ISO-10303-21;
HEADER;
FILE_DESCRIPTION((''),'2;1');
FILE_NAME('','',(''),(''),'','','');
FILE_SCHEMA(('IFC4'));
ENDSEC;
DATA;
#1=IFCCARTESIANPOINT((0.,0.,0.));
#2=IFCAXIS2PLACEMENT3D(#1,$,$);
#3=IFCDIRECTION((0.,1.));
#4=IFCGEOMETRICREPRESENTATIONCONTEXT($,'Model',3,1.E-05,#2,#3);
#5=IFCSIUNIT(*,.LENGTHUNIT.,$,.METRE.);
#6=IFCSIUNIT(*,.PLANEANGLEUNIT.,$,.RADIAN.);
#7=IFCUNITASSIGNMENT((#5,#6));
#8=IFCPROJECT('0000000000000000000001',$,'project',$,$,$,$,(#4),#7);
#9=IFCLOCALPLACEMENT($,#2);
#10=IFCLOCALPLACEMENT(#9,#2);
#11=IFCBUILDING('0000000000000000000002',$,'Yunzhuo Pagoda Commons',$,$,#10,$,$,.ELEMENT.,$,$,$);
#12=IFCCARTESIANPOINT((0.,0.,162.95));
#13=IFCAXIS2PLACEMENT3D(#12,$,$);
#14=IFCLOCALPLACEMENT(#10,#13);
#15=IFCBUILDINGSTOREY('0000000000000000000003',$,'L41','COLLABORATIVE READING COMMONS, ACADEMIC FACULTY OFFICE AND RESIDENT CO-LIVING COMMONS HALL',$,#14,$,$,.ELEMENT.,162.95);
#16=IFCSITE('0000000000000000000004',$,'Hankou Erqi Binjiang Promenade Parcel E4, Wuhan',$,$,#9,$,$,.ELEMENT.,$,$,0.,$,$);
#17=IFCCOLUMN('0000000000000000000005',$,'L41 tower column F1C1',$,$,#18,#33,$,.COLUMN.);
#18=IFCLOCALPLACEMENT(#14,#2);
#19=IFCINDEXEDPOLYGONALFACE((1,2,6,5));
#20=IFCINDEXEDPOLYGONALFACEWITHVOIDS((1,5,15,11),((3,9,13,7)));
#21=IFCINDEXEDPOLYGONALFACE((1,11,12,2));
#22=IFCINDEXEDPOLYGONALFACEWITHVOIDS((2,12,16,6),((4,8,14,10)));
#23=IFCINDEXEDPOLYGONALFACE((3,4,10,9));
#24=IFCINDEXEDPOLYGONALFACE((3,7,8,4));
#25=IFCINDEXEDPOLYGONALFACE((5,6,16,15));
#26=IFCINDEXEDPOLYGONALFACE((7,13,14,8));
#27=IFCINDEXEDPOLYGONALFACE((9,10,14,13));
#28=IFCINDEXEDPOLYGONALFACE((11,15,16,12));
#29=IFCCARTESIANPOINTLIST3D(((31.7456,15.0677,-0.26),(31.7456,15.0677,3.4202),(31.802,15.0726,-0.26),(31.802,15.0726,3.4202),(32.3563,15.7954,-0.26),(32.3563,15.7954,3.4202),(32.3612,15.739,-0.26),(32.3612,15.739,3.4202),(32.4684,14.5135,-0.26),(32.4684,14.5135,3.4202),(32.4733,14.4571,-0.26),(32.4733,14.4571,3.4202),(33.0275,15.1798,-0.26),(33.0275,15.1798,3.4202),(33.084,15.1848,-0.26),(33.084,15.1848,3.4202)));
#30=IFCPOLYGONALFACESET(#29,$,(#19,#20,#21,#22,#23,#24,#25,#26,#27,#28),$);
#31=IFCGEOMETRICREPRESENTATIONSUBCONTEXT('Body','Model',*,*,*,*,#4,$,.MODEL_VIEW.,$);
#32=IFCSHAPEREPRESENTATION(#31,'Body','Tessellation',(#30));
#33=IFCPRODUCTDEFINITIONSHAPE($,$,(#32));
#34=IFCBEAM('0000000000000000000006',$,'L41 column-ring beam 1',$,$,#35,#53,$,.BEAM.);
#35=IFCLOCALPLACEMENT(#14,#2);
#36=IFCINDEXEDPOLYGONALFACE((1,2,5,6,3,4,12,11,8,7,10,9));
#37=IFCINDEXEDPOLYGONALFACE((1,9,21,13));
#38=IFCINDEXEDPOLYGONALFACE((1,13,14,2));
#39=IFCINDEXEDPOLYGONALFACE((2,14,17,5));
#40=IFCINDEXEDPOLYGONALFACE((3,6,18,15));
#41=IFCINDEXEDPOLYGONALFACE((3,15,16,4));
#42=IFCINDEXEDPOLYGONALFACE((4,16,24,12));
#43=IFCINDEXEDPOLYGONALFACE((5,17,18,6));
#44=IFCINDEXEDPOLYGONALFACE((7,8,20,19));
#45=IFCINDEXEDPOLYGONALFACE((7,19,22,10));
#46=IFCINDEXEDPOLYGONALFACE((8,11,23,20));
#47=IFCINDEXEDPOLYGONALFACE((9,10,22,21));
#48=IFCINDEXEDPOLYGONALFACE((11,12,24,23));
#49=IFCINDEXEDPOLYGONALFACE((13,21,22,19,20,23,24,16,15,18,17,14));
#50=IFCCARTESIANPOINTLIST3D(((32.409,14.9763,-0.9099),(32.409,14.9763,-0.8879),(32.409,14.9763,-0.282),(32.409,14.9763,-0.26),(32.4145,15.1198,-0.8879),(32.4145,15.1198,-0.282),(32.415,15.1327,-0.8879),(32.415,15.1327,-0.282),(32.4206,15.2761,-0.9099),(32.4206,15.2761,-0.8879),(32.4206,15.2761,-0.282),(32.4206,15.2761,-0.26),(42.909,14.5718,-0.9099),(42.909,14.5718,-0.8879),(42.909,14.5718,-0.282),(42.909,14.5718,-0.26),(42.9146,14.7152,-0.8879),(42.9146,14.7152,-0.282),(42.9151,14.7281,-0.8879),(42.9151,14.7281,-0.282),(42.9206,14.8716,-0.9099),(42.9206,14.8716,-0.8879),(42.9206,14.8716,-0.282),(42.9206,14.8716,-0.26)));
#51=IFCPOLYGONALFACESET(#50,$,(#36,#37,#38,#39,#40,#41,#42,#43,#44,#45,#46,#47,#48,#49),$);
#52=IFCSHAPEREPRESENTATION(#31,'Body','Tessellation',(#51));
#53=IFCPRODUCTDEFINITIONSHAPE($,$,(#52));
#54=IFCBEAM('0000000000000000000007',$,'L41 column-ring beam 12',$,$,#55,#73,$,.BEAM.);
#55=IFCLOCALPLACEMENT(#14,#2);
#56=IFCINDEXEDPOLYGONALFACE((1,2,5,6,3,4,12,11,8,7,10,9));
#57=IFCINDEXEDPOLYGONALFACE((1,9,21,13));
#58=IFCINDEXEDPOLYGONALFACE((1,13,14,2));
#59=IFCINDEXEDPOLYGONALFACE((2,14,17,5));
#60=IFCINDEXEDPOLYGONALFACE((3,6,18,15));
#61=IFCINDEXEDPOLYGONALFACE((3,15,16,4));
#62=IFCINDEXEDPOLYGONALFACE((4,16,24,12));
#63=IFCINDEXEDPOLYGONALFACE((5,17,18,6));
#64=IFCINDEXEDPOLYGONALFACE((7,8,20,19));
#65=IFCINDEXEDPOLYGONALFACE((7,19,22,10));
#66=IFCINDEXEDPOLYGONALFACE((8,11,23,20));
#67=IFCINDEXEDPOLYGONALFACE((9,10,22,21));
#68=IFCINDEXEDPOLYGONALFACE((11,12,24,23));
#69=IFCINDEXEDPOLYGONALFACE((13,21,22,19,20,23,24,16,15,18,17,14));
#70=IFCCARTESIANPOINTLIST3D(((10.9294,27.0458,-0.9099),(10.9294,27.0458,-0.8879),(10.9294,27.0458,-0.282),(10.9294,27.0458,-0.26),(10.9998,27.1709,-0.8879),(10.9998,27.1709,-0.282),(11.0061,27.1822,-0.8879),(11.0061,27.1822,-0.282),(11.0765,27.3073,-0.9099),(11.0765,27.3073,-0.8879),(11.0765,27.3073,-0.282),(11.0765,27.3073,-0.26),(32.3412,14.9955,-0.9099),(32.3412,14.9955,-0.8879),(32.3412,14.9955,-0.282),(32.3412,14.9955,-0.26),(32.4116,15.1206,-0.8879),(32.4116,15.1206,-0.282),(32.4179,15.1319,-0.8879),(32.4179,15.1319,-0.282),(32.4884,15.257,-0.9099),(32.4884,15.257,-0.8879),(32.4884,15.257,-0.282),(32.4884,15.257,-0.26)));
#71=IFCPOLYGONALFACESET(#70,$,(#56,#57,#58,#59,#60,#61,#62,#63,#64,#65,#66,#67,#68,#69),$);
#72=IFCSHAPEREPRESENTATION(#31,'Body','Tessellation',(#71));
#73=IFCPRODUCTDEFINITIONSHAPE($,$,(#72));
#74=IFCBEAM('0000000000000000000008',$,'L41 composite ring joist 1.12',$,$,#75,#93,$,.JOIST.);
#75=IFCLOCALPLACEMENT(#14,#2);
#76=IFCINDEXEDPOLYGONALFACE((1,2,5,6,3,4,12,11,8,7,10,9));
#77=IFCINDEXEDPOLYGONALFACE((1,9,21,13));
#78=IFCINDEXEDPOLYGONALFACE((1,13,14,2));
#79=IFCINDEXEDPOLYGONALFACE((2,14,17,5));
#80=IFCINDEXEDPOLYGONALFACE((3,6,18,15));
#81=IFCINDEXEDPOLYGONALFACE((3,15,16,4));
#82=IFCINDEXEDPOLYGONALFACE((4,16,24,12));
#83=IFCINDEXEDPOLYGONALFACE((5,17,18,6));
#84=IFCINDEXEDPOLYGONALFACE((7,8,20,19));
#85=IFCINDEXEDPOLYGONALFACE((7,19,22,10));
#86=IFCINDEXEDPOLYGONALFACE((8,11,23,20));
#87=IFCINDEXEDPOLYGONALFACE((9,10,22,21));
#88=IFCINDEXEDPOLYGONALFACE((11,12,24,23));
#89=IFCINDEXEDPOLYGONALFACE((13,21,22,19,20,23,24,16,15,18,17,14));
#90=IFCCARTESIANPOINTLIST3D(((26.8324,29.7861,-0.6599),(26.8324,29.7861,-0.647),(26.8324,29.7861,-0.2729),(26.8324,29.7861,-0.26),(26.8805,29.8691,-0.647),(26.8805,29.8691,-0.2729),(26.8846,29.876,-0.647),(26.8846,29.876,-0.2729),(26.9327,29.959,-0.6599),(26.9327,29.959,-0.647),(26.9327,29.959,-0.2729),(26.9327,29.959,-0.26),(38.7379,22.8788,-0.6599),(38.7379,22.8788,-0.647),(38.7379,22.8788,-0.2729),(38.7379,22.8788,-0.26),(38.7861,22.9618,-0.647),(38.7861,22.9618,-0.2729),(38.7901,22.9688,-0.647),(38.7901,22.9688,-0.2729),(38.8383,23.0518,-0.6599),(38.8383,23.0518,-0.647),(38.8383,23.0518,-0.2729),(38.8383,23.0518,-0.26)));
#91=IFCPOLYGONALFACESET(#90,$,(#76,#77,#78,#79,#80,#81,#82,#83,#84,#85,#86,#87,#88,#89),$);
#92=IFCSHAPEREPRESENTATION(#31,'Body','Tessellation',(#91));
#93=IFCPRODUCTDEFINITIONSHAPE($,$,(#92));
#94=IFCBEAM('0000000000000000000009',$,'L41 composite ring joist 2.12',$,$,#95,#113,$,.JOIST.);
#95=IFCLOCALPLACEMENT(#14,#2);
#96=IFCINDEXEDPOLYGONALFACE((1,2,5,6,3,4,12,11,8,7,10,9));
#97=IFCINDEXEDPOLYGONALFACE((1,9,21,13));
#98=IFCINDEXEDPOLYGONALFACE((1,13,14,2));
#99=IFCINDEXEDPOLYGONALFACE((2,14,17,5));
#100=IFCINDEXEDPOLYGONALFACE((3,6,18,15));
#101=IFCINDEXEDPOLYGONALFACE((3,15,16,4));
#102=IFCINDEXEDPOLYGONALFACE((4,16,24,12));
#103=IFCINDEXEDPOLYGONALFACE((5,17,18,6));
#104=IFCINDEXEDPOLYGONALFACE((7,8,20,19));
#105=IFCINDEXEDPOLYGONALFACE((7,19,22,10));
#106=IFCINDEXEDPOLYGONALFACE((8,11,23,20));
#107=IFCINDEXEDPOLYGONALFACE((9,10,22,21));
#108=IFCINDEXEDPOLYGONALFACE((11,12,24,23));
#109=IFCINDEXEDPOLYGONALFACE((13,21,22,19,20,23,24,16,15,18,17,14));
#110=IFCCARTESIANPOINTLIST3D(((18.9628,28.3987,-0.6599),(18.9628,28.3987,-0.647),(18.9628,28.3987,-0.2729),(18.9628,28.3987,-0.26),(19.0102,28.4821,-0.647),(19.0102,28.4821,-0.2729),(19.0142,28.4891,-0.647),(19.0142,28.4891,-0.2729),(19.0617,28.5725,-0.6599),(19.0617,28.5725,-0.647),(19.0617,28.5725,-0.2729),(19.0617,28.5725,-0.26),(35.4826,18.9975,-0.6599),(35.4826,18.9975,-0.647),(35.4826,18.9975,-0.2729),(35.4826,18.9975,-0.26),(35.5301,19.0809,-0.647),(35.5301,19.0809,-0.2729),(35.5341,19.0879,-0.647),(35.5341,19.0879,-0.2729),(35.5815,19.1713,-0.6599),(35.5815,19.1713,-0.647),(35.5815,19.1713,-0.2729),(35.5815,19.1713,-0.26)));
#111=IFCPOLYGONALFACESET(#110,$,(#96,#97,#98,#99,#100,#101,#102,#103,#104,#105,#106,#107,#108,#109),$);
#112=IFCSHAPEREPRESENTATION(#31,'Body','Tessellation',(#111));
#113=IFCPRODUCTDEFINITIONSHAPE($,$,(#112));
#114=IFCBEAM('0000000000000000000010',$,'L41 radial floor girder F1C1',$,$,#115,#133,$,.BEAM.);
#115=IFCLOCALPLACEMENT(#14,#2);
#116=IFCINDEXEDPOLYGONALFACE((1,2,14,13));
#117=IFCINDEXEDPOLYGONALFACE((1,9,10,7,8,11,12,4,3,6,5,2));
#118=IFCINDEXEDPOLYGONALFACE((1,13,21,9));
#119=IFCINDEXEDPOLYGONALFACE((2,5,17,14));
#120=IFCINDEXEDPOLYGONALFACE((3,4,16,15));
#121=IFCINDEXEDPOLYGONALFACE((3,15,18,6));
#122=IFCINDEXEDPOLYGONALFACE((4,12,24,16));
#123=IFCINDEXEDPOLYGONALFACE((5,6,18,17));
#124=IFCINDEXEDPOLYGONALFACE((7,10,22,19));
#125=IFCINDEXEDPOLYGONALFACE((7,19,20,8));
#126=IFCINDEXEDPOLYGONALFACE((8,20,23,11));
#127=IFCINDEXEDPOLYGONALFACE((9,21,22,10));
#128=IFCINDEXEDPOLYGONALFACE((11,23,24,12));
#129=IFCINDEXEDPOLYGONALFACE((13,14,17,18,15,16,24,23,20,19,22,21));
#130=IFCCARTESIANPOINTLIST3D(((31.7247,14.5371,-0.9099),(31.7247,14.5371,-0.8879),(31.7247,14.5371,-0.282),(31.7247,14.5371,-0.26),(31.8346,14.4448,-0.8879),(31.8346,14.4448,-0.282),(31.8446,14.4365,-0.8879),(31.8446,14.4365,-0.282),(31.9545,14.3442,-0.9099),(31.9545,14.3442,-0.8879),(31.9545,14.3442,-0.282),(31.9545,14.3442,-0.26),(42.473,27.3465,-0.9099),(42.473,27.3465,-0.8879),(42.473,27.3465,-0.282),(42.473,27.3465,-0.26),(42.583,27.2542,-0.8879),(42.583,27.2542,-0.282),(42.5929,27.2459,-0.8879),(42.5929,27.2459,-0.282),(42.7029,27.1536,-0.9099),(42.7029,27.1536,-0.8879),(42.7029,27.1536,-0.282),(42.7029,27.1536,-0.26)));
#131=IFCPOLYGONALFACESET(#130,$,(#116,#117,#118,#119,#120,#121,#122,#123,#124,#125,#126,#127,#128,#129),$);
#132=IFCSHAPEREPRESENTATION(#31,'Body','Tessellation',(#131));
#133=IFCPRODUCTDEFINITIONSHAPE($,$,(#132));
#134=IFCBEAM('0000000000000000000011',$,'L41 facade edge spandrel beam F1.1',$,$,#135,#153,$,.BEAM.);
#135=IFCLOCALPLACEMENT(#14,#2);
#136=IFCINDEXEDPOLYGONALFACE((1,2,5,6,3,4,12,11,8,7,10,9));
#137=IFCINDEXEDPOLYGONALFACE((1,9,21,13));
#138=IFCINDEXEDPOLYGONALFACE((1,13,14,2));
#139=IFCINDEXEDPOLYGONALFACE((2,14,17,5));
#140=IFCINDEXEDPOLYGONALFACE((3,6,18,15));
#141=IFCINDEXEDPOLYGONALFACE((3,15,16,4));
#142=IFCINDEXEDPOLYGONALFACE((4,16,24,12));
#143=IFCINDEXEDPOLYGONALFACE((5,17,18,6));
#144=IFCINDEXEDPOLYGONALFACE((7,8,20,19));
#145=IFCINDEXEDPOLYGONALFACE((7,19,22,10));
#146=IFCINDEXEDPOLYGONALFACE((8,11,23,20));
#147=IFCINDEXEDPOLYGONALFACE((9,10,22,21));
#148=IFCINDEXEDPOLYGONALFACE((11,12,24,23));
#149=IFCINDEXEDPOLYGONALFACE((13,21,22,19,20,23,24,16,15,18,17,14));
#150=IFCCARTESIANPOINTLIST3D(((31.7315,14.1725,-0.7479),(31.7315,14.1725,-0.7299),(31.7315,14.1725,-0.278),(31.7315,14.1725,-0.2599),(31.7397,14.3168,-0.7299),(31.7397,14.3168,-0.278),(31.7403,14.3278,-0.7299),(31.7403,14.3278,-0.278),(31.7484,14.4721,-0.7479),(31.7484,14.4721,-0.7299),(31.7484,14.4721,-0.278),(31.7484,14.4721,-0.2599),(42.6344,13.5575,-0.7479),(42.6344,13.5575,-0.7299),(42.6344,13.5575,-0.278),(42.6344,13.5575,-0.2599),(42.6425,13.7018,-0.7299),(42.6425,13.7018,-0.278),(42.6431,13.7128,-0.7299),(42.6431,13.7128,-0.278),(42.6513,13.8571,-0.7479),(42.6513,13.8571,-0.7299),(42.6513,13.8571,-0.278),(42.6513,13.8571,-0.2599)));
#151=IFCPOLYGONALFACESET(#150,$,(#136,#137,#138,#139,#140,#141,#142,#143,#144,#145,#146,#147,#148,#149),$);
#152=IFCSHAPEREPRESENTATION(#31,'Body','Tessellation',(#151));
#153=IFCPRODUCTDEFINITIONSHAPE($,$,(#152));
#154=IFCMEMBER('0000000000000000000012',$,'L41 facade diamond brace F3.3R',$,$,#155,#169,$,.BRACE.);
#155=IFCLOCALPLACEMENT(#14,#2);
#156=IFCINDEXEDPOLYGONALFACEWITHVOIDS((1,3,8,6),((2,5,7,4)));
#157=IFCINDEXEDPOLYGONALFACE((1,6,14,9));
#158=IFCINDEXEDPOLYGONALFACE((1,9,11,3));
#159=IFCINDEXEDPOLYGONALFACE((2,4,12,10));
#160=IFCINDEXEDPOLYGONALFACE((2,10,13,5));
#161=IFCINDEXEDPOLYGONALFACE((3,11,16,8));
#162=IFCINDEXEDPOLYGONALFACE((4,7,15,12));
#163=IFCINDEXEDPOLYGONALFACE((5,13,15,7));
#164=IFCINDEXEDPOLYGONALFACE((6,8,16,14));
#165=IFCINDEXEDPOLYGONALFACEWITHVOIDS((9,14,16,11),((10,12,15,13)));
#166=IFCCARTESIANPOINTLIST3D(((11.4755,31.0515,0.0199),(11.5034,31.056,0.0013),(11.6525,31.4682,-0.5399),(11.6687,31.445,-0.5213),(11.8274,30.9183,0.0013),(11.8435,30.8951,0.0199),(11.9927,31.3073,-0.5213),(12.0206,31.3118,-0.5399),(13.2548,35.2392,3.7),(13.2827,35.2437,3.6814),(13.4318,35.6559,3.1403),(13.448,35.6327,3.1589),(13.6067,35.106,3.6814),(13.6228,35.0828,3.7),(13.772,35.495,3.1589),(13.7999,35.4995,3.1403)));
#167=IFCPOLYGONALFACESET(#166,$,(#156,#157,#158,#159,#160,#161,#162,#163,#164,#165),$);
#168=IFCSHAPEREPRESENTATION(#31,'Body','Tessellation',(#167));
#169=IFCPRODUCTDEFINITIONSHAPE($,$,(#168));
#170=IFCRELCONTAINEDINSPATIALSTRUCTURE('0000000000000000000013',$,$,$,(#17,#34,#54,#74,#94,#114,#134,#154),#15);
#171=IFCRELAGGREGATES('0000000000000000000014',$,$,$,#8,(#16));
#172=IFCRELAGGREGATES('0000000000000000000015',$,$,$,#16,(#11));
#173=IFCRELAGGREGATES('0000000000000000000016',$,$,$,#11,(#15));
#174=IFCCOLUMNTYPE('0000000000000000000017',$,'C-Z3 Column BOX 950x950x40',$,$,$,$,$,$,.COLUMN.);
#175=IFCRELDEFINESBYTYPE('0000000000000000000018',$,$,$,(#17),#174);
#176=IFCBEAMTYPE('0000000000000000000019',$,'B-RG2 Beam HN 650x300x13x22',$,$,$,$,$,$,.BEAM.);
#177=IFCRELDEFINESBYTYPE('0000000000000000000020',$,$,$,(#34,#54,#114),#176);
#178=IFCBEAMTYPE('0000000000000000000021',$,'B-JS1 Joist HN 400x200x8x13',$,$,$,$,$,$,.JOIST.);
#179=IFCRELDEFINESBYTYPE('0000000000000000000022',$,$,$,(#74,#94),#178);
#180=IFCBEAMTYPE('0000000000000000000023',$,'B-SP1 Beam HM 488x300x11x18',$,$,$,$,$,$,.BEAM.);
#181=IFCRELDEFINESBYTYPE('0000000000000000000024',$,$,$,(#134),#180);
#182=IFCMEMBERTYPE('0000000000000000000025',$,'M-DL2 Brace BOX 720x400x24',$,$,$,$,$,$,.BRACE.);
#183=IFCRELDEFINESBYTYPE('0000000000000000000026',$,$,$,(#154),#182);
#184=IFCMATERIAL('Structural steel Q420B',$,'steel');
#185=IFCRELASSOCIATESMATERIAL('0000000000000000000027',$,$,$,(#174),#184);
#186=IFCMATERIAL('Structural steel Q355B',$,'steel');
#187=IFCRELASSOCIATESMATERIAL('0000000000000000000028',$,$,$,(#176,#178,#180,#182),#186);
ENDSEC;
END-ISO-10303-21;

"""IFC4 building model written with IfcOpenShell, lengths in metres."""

from ifc_helpers import new_model, si_unit, direction, frame, origin, origin_2d, place, context, subcontext, project, spatial, hollow_rectangle, i_section, extrude, source, transform, mapped, material, material_profile, profile_set, type_object, element, save


model = new_model("IFC4")

# Units and contexts
model_context = context("Model", 3, precision=1e-05, world=origin(), true_north=direction((0.0, 1.0)))
body_context = subcontext(model_context, "Body", "Model", "MODEL_VIEW")
ifc_project = project(units=[si_unit("LENGTHUNIT", "METRE"), si_unit("PLANEANGLEUNIT", "RADIAN")], contexts=[model_context])

# Site, building, storey
site_placement = place(None, origin())
site = spatial("IfcSite", under=ifc_project, at=site_placement, Name="Hankou Erqi Binjiang Promenade Parcel E4, Wuhan", CompositionType="ELEMENT", RefElevation=0.0)
building_placement = place(site_placement, origin())
building = spatial("IfcBuilding", under=site, at=building_placement, Name="Yunzhuo Pagoda Commons", CompositionType="ELEMENT")
storey_placement = place(building_placement, frame((0.0, 0.0, 162.95)))
storey = spatial("IfcBuildingStorey", under=building, at=storey_placement, Name="L41", Description="COLLABORATIVE READING COMMONS, ACADEMIC FACULTY OFFICE AND RESIDENT CO-LIVING COMMONS HALL", CompositionType="ELEMENT", Elevation=162.95)

# Column
ifc_material_1 = material(Name="Structural steel Q420B", Category="steel")
ifc_material_profile_1 = material_profile(ifc_material_1, hollow_rectangle(XDim=0.95, YDim=0.95, WallThickness=0.04, at=origin_2d()), Name="Structural steel Q420B")
ifc_profile_set_1 = profile_set([ifc_material_profile_1], Name="Structural steel Q420B")
column_type = type_object("IfcColumnType", Name="C-Z3 Column BOX 950x950x40", PredefinedType="COLUMN", material=ifc_profile_set_1)
shared_shape_1 = source(origin(), body_context, "Body", "SweptSolid", [
    extrude(hollow_rectangle(XDim=0.95, YDim=0.95, WallThickness=0.04, at=origin_2d()), origin(), (0.0, 0.0, 1.0), 3.6802),
])
column_placement = place(storey_placement, frame((32.4148, 15.1262, -0.26), z_axis=(0.0, 0.0, 1.0), x_axis=(0.766044, -0.642788, 0.0)))
element("IfcColumn", 1, at=column_placement, inside=storey, type_object=column_type, Name="L41 tower column F1C1", PredefinedType="COLUMN", context=body_context, shape_type="MappedRepresentation", body=[
    mapped(shared_shape_1, transform((0.0, 0.0, 0.0), scale=1.0)),
])

# Beams
ifc_material_2 = material(Name="Structural steel Q355B", Category="steel")
ifc_material_profile_2 = material_profile(ifc_material_2, i_section(OverallWidth=0.3, OverallDepth=0.6499, WebThickness=0.0129, FlangeThickness=0.022, at=origin_2d()), Name="Structural steel Q355B")
ifc_profile_set_2 = profile_set([ifc_material_profile_2], Name="Structural steel Q355B")
beam_type_1 = type_object("IfcBeamType", Name="B-RG2 Beam HN 650x300x13x22", PredefinedType="BEAM", material=ifc_profile_set_2)
shared_shape_2 = source(origin(), body_context, "Body", "SweptSolid", [
    extrude(i_section(OverallWidth=0.3, OverallDepth=0.6499, WebThickness=0.0129, FlangeThickness=0.022, at=origin_2d()), origin(), (0.0, 0.0, 1.0), 10.5078),
])
beam_1_placement = place(storey_placement, frame((32.4148, 15.1262, -0.585), z_axis=(0.999259, -0.038499, 0.0), x_axis=(0.038499, 0.999259, 0.0)))
element("IfcBeam", 2, at=beam_1_placement, inside=storey, type_object=beam_type_1, Name="L41 column-ring beam 1", PredefinedType="BEAM", context=body_context, shape_type="MappedRepresentation", body=[
    mapped(shared_shape_2, transform((0.0, 0.0, 0.0), scale=1.0)),
])
shared_shape_3 = source(origin(), body_context, "Body", "SweptSolid", [
    extrude(i_section(OverallWidth=0.3, OverallDepth=0.6499, WebThickness=0.0129, FlangeThickness=0.022, at=origin_2d()), origin(), (0.0, 0.0, 1.0), 24.5698),
])
beam_2_placement = place(storey_placement, frame((11.0029, 27.1765, -0.585), z_axis=(0.871469, -0.49045, 0.0), x_axis=(0.49045, 0.871469, 0.0)))
element("IfcBeam", 3, at=beam_2_placement, inside=storey, type_object=beam_type_1, Name="L41 column-ring beam 12", PredefinedType="BEAM", context=body_context, shape_type="MappedRepresentation", body=[
    mapped(shared_shape_3, transform((0.0, 0.0, 0.0), scale=1.0)),
])
ifc_material_profile_3 = material_profile(ifc_material_2, i_section(OverallWidth=0.2, OverallDepth=0.3999, WebThickness=0.0081, FlangeThickness=0.0129, at=origin_2d()), Name="Structural steel Q355B")
ifc_profile_set_3 = profile_set([ifc_material_profile_3], Name="Structural steel Q355B")
beam_type_2 = type_object("IfcBeamType", Name="B-JS1 Joist HN 400x200x8x13", PredefinedType="JOIST", material=ifc_profile_set_3)
shared_shape_4 = source(origin(), body_context, "Body", "SweptSolid", [
    extrude(i_section(OverallWidth=0.2, OverallDepth=0.3999, WebThickness=0.0081, FlangeThickness=0.0129, at=origin_2d()), origin(), (0.0, 0.0, 1.0), 13.7642),
])
beam_3_placement = place(storey_placement, frame((26.8826, 29.8726, -0.46), z_axis=(0.864967, -0.501828, 0.0), x_axis=(0.501828, 0.864967, 0.0)))
element("IfcBeam", 4, at=beam_3_placement, inside=storey, type_object=beam_type_2, Name="L41 composite ring joist 1.12", PredefinedType="JOIST", context=body_context, shape_type="MappedRepresentation", body=[
    mapped(shared_shape_4, transform((0.0, 0.0, 0.0), scale=1.0)),
])
shared_shape_5 = source(origin(), body_context, "Body", "SweptSolid", [
    extrude(i_section(OverallWidth=0.2, OverallDepth=0.3999, WebThickness=0.0081, FlangeThickness=0.0129, at=origin_2d()), origin(), (0.0, 0.0, 1.0), 19.0076),
])
beam_4_placement = place(storey_placement, frame((19.0122, 28.4856, -0.46), z_axis=(0.86912, -0.494601, 0.0), x_axis=(0.494601, 0.86912, 0.0)))
element("IfcBeam", 5, at=beam_4_placement, inside=storey, type_object=beam_type_2, Name="L41 composite ring joist 2.12", PredefinedType="JOIST", context=body_context, shape_type="MappedRepresentation", body=[
    mapped(shared_shape_5, transform((0.0, 0.0, 0.0), scale=1.0)),
])
shared_shape_6 = source(origin(), body_context, "Body", "SweptSolid", [
    extrude(i_section(OverallWidth=0.3, OverallDepth=0.6499, WebThickness=0.0129, FlangeThickness=0.022, at=origin_2d()), origin(), (0.0, 0.0, 1.0), 16.7214),
])
beam_5_placement = place(storey_placement, frame((31.8396, 14.4407, -0.585), z_axis=(0.642787, 0.766045, 0.0), x_axis=(-0.766045, 0.642787, 0.0)))
element("IfcBeam", 6, at=beam_5_placement, inside=storey, type_object=beam_type_1, Name="L41 radial floor girder F1C1", PredefinedType="BEAM", context=body_context, shape_type="MappedRepresentation", body=[
    mapped(shared_shape_6, transform((0.0, 0.0, 0.0), scale=1.0)),
])
ifc_material_profile_4 = material_profile(ifc_material_2, i_section(OverallWidth=0.3, OverallDepth=0.488, WebThickness=0.011, FlangeThickness=0.0181, at=origin_2d()), Name="Structural steel Q355B")
ifc_profile_set_4 = profile_set([ifc_material_profile_4], Name="Structural steel Q355B")
beam_type_3 = type_object("IfcBeamType", Name="B-SP1 Beam HM 488x300x11x18", PredefinedType="BEAM", material=ifc_profile_set_4)
shared_shape_7 = source(origin(), body_context, "Body", "SweptSolid", [
    extrude(i_section(OverallWidth=0.3, OverallDepth=0.488, WebThickness=0.011, FlangeThickness=0.0181, at=origin_2d()), origin(), (0.0, 0.0, 1.0), 10.9202),
])
beam_6_placement = place(storey_placement, frame((31.74, 14.3223, -0.5039), z_axis=(0.998413, -0.056317, 0.0), x_axis=(0.056317, 0.998413, 0.0)))
element("IfcBeam", 7, at=beam_6_placement, inside=storey, type_object=beam_type_3, Name="L41 facade edge spandrel beam F1.1", PredefinedType="BEAM", context=body_context, shape_type="MappedRepresentation", body=[
    mapped(shared_shape_7, transform((0.0, 0.0, 0.0), scale=1.0)),
])

# Member
ifc_material_profile_5 = material_profile(ifc_material_2, hollow_rectangle(XDim=0.3999, YDim=0.72, WallThickness=0.0239, at=origin_2d()), Name="Structural steel Q355B")
ifc_profile_set_5 = profile_set([ifc_material_profile_5], Name="Structural steel Q355B")
member_type_1 = type_object("IfcMemberType", Name="M-DL2 Brace BOX 720x400x24", PredefinedType="BRACE", material=ifc_profile_set_5)
shared_shape_8 = source(origin(), body_context, "Body", "SweptSolid", [
    extrude(hollow_rectangle(XDim=0.3999, YDim=0.72, WallThickness=0.0239, at=origin_2d()), origin(), (0.0, 0.0, 1.0), 5.8521),
])
member_1_placement = place(storey_placement, frame((11.748, 31.1816, -0.26), z_axis=(0.304045, 0.7156, 0.628867), x_axis=(-0.92037, 0.391049, 0.0)))
element("IfcMember", 8, at=member_1_placement, inside=storey, type_object=member_type_1, Name="L41 facade diamond brace F3.3R", PredefinedType="BRACE", context=body_context, shape_type="MappedRepresentation", body=[
    mapped(shared_shape_8, transform((0.0, 0.0, 0.0), scale=1.0)),
])

save(model, "model.ifc")
